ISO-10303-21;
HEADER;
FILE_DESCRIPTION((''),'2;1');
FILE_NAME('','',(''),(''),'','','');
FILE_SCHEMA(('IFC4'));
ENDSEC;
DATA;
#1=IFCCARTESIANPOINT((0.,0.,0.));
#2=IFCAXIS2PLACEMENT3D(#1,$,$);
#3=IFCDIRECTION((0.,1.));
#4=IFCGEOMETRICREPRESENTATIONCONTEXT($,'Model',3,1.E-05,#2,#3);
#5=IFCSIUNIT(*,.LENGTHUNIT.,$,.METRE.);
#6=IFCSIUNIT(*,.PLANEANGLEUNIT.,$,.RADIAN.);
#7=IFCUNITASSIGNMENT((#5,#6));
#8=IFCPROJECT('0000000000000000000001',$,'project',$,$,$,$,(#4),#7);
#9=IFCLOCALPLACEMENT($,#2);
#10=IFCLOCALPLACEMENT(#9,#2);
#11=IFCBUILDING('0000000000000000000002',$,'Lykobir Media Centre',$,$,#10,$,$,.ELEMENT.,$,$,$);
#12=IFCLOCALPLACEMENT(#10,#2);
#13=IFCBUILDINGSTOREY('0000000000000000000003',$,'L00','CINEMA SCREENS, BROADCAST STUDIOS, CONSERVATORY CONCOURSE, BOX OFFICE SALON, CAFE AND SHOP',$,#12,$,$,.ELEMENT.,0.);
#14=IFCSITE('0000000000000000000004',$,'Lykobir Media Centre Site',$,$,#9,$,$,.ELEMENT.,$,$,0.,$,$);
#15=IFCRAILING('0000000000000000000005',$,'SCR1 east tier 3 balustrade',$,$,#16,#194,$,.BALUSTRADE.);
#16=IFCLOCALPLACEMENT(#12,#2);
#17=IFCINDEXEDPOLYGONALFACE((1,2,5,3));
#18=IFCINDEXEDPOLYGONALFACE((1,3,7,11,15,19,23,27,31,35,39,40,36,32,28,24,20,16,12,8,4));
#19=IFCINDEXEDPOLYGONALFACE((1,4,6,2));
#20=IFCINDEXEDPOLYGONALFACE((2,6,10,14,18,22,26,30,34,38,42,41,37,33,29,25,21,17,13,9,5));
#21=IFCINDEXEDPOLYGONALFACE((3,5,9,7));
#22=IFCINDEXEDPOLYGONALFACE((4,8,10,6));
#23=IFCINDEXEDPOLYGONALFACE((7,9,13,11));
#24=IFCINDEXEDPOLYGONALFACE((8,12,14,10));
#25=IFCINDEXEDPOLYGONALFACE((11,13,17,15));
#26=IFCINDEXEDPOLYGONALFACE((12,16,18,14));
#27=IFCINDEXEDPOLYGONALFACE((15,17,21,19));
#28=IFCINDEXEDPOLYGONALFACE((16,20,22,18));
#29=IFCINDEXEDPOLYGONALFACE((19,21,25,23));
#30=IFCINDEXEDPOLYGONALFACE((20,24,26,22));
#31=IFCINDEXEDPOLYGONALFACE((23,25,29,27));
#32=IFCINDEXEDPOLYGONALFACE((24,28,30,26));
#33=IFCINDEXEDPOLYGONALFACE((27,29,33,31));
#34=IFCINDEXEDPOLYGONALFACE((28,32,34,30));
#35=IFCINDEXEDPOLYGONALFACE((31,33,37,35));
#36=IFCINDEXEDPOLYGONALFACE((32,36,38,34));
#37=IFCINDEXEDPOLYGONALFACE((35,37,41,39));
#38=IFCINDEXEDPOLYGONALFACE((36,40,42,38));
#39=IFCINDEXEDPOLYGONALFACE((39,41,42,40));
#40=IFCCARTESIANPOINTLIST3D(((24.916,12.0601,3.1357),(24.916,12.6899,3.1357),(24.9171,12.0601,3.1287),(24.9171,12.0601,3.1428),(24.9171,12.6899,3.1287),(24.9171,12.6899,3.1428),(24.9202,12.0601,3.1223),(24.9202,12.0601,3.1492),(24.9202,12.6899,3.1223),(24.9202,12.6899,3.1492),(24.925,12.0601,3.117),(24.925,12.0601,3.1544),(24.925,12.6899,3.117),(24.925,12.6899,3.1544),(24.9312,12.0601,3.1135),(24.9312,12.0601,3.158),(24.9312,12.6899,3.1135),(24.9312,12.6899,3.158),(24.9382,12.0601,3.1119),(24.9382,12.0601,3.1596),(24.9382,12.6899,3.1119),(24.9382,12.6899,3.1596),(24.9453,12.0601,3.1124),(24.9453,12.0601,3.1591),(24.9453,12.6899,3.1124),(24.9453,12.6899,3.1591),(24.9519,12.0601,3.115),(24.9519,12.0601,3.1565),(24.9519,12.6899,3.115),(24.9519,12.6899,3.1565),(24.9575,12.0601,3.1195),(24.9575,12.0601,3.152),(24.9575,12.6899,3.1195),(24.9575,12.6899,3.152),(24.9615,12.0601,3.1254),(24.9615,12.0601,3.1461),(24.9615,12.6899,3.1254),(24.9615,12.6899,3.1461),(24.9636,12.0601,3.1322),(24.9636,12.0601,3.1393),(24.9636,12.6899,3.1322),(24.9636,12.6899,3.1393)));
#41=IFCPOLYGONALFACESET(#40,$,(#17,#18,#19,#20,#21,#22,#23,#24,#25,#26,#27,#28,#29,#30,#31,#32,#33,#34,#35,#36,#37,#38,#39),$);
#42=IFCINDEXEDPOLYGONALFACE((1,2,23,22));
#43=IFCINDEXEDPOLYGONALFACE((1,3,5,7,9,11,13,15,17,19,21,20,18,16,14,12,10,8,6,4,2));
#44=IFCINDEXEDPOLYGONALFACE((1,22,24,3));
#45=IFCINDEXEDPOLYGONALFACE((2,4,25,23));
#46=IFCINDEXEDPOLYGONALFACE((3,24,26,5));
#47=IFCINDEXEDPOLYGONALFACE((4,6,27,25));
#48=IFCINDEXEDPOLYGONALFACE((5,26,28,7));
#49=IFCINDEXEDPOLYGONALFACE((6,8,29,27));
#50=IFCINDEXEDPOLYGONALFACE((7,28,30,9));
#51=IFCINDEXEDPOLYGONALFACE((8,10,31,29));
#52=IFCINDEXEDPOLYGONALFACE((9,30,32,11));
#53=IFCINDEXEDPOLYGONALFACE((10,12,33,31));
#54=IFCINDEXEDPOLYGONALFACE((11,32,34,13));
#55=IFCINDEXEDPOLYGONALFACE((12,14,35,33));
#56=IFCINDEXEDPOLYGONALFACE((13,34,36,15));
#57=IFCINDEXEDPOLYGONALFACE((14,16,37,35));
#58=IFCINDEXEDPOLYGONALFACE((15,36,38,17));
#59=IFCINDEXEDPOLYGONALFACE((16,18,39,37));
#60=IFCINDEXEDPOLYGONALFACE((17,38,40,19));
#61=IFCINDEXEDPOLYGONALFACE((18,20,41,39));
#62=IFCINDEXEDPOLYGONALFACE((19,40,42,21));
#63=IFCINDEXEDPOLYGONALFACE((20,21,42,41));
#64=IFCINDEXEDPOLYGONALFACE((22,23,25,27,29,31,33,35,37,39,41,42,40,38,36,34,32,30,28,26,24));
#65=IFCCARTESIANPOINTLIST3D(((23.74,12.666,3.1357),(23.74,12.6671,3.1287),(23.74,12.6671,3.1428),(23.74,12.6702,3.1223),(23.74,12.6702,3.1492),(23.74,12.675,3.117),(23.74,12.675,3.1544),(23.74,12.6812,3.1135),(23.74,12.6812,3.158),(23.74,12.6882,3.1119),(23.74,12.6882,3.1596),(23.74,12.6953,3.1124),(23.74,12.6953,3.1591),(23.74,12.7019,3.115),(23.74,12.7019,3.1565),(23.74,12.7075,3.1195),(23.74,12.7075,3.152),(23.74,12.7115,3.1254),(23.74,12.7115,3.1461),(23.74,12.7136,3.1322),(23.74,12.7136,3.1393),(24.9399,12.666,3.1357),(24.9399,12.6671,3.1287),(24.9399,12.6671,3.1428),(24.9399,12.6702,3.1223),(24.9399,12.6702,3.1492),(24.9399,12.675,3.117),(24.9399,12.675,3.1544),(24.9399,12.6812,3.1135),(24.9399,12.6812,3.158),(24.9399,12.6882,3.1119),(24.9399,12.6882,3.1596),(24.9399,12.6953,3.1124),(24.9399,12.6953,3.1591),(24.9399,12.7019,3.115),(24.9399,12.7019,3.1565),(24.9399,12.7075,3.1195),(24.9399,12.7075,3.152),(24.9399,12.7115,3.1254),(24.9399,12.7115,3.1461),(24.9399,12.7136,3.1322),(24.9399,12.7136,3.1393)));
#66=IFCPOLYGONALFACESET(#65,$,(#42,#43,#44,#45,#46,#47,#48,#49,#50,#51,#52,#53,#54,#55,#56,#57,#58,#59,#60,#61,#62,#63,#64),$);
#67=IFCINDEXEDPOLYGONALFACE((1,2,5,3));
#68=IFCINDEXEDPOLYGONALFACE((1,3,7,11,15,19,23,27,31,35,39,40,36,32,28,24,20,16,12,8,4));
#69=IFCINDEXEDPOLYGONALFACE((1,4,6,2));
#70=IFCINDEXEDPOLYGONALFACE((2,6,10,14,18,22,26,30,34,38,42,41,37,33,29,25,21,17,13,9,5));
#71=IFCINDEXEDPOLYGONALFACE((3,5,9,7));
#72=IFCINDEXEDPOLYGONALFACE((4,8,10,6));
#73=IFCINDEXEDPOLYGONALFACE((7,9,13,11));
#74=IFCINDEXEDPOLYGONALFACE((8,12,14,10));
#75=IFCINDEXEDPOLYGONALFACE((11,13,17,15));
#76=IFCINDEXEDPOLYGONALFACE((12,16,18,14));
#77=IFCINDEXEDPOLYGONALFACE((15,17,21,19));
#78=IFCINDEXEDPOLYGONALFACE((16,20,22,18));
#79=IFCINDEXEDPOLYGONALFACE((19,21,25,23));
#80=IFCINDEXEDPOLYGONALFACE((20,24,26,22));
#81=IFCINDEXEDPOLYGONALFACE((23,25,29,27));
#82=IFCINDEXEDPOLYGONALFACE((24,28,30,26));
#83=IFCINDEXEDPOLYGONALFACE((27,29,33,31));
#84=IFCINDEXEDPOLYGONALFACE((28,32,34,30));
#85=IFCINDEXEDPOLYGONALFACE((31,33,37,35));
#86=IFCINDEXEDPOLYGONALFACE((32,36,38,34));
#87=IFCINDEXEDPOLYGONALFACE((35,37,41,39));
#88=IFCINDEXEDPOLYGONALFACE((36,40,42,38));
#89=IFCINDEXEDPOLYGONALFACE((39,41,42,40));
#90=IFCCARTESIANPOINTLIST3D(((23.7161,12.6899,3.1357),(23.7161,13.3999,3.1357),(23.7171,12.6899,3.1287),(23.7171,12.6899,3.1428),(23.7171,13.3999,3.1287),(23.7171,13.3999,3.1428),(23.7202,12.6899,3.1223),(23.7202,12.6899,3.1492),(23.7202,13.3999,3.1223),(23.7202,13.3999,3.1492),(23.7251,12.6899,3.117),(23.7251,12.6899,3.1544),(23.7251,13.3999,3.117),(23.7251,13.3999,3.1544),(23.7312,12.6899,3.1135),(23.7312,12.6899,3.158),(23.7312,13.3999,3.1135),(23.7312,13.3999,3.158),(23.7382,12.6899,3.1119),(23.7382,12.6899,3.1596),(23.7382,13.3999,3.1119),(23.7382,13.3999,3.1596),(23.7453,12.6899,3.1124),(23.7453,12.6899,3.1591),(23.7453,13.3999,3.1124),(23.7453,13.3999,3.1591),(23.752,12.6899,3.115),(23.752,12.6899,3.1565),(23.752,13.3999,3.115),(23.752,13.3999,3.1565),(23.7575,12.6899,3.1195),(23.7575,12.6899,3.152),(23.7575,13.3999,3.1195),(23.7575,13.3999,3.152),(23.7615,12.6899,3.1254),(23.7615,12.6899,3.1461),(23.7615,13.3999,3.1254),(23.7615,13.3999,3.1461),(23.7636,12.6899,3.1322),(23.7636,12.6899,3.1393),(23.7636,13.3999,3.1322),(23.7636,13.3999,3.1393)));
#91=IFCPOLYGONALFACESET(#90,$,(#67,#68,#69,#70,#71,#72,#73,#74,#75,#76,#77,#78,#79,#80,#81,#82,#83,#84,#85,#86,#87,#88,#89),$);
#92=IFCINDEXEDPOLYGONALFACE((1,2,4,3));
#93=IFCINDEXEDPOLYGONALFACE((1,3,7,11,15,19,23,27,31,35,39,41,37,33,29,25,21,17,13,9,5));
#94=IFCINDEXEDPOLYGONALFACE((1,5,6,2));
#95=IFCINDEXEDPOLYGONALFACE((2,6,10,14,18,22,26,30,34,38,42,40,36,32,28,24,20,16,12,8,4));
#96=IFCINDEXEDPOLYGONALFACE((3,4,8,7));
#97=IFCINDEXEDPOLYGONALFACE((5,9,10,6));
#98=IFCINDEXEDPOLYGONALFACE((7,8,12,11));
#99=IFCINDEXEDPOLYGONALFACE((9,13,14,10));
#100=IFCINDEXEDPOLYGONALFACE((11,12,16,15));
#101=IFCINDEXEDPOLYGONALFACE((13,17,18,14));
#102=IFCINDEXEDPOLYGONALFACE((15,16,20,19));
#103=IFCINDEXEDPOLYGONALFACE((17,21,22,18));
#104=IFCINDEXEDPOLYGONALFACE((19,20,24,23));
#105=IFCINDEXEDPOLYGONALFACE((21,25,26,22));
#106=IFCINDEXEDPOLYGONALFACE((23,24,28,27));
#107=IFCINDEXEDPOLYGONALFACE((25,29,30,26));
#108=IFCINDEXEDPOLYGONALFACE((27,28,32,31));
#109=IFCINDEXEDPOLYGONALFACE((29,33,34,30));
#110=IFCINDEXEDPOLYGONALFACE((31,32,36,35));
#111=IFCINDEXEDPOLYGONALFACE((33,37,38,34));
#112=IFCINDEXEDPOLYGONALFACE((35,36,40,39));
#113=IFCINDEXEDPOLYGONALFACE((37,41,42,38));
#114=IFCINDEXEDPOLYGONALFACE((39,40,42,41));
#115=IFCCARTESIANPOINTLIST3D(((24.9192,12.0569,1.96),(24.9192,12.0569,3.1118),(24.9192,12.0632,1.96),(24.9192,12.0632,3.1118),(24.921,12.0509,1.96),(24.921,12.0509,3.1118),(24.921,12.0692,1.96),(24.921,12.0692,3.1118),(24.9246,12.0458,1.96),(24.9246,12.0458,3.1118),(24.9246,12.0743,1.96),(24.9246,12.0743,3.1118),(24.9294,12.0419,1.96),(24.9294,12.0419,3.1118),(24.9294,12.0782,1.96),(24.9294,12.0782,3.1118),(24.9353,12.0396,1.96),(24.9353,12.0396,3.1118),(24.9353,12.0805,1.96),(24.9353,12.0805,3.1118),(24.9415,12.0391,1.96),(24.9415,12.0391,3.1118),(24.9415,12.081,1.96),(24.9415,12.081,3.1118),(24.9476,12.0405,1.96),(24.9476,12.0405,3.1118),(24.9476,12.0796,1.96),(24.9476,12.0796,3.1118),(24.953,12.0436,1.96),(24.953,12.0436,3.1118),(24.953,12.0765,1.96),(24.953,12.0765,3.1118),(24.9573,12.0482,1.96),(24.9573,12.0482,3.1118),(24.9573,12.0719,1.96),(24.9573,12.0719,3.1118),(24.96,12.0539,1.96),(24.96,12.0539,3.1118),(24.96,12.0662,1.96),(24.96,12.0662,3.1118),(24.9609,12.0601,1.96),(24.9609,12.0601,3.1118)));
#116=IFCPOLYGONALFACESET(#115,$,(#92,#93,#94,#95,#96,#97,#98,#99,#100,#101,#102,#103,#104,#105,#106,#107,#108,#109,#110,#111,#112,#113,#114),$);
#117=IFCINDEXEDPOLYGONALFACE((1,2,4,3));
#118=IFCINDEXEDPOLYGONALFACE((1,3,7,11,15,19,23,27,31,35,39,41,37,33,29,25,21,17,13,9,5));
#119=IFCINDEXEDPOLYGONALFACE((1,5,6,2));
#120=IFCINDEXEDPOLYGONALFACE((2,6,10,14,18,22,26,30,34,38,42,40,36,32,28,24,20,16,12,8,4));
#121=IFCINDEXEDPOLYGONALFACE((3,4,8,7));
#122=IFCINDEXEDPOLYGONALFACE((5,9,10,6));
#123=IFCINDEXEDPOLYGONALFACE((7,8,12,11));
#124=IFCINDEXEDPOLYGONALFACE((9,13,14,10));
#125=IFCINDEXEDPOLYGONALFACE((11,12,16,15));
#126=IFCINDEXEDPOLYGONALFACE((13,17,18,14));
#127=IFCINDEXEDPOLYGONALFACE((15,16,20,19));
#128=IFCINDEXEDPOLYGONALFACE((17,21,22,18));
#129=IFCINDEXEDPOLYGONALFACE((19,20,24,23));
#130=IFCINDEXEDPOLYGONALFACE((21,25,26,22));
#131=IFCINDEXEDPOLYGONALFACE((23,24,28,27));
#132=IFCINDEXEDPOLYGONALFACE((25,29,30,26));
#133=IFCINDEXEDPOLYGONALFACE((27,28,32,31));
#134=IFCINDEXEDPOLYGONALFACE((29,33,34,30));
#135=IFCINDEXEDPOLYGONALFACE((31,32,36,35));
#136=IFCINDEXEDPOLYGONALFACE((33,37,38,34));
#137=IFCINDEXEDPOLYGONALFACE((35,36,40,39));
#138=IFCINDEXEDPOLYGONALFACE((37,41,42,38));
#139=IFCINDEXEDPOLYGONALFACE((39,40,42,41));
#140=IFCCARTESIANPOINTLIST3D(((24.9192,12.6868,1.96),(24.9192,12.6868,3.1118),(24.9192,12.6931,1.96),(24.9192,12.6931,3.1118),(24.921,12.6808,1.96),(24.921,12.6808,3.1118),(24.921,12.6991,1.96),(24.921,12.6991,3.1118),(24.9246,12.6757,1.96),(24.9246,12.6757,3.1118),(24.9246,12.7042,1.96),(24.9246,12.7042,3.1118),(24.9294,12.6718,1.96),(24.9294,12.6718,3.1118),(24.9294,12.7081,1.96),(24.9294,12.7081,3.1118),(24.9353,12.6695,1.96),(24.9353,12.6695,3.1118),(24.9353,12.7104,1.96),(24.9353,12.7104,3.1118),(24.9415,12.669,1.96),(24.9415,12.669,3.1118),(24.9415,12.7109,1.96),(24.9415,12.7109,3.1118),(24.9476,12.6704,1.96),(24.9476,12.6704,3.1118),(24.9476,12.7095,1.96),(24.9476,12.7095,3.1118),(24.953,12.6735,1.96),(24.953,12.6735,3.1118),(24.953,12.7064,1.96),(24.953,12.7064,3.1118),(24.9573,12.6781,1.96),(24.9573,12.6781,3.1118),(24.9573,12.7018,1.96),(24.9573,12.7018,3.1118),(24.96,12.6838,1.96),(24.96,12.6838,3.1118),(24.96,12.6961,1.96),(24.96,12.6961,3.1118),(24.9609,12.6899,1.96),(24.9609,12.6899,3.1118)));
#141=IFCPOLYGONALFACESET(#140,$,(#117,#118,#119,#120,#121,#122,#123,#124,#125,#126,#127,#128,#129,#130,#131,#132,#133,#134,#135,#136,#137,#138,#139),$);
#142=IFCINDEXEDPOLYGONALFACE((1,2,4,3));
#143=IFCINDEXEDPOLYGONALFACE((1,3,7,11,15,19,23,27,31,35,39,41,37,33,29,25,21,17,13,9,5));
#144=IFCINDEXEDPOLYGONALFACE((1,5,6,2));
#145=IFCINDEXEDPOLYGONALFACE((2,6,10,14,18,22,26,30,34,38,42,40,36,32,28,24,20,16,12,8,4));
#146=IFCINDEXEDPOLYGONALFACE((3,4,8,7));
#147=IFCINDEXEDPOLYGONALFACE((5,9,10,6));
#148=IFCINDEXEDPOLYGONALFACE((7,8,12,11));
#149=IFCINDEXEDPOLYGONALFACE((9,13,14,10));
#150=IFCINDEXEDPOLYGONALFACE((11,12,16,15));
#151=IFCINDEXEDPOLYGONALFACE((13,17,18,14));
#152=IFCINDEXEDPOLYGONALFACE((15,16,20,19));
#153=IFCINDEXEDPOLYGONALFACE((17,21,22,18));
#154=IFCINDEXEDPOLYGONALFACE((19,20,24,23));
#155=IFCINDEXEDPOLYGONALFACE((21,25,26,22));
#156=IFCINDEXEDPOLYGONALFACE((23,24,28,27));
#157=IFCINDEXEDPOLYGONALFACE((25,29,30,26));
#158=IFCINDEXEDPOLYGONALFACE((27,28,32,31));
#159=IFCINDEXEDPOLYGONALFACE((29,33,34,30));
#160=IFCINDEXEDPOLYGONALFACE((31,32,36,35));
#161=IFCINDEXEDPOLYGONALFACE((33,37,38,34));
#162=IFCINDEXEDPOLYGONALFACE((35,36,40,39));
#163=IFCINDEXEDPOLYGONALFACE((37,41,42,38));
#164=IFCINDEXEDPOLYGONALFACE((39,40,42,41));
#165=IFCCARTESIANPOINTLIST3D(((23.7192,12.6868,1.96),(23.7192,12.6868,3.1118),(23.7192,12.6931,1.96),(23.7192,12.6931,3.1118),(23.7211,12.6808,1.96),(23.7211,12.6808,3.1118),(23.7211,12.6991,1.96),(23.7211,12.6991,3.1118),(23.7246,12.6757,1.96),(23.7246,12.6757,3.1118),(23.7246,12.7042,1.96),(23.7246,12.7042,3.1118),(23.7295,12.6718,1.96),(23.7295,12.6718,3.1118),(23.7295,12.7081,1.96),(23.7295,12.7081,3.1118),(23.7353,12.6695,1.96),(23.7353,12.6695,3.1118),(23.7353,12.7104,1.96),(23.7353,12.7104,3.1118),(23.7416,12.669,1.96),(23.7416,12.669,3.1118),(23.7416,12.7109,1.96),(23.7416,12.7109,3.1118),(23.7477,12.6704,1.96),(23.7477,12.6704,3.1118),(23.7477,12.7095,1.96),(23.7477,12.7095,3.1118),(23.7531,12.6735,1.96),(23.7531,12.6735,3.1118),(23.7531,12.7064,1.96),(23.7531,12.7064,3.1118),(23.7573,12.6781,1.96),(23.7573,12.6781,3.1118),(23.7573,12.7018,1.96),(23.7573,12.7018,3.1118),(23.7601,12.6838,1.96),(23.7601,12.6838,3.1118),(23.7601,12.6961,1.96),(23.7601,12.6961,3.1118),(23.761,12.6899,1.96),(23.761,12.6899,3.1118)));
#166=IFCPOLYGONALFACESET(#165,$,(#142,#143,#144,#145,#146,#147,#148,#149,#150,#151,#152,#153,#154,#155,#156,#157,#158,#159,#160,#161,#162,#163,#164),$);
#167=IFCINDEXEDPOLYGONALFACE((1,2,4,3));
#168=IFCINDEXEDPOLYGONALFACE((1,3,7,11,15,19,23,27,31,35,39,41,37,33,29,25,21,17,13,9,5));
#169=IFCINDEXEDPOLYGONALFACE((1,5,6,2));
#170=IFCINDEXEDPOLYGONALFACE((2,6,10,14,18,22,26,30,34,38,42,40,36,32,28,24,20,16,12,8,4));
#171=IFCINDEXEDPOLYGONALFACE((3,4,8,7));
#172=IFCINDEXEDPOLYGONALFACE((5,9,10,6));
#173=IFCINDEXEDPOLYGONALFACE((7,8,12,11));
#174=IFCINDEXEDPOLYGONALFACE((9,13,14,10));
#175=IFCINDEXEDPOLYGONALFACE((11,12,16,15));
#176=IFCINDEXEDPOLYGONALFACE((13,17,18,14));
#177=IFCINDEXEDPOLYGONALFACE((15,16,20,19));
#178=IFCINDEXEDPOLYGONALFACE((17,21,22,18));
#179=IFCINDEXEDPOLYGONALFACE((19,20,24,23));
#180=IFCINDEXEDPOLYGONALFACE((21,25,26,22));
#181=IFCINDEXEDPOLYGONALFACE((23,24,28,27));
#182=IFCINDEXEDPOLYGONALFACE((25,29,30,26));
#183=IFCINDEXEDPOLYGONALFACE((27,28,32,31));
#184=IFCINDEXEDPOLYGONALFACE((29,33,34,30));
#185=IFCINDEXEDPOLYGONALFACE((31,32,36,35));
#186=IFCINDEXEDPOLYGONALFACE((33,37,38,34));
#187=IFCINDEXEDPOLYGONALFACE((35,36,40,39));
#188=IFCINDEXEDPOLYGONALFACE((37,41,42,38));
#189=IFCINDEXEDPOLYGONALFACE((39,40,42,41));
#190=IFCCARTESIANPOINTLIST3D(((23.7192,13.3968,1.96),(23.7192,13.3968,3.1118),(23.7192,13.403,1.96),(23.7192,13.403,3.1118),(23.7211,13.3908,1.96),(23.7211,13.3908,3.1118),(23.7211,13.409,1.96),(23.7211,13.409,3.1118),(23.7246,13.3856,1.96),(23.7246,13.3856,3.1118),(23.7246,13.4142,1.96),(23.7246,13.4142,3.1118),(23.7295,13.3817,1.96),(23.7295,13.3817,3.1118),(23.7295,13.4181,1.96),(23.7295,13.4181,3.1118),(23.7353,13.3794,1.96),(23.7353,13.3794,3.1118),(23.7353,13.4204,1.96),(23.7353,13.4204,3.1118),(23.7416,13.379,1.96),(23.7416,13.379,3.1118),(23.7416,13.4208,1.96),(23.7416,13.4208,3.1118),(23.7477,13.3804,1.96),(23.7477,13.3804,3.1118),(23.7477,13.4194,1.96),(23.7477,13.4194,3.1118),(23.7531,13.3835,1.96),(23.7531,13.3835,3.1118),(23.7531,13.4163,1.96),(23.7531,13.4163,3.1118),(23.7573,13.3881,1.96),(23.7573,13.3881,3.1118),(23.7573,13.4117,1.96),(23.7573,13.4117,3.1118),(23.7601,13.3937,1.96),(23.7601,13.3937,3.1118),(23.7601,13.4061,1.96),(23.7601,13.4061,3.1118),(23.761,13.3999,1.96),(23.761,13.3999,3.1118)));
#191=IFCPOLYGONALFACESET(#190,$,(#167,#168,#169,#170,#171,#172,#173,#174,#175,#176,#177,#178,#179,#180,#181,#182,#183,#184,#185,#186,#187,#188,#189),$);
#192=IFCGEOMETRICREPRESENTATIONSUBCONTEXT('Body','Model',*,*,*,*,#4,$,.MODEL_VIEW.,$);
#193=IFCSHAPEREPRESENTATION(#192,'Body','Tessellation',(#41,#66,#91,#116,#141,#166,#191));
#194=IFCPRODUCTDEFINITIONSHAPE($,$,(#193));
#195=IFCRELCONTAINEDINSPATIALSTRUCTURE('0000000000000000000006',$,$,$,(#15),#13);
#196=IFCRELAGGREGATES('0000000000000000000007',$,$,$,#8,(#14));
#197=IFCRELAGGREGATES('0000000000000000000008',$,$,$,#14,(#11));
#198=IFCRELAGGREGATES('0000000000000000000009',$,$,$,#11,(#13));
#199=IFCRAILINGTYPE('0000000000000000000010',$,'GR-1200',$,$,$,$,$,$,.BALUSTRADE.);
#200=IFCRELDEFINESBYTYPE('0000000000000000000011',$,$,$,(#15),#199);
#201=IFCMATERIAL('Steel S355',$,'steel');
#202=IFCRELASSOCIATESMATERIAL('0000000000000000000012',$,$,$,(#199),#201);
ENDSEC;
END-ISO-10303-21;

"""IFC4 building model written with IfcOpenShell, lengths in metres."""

from ifc_helpers import new_model, si_unit, direction, frame, origin, origin_2d, place, context, subcontext, project, spatial, circle, extrude, material, type_object, element, save


model = new_model("IFC4")

# Units and contexts
model_context = context("Model", 3, precision=1e-05, world=origin(), true_north=direction((0.0, 1.0)))
body_context = subcontext(model_context, "Body", "Model", "MODEL_VIEW")
ifc_project = project(units=[si_unit("LENGTHUNIT", "METRE"), si_unit("PLANEANGLEUNIT", "RADIAN")], contexts=[model_context])

# Site, building, storey
site_placement = place(None, origin())
site = spatial("IfcSite", under=ifc_project, at=site_placement, Name="Lykobir Media Centre Site", CompositionType="ELEMENT", RefElevation=0.0)
building_placement = place(site_placement, origin())
building = spatial("IfcBuilding", under=site, at=building_placement, Name="Lykobir Media Centre", CompositionType="ELEMENT")
storey_placement = place(building_placement, origin())
storey = spatial("IfcBuildingStorey", under=building, at=storey_placement, Name="L00", Description="CINEMA SCREENS, BROADCAST STUDIOS, CONSERVATORY CONCOURSE, BOX OFFICE SALON, CAFE AND SHOP", CompositionType="ELEMENT", Elevation=0.0)

# Shared definitions
ifc_material_1 = material(Name="Steel S355", Category="steel")

# Railing
railing_type = type_object("IfcRailingType", Name="GR-1200", PredefinedType="BALUSTRADE", material=ifc_material_1)
for number, where, name in (
    (1, (24.9399, 12.0601, 1.96), "SCR1 east tier 3 balustrade"),
):
    element("IfcRailing", number, at=place(storey_placement, frame(where)), inside=storey, type_object=railing_type, Name=name, PredefinedType="BALUSTRADE", context=body_context, shape_type="SweptSolid", body=[
        extrude(circle(Radius=0.0239, at=origin_2d()), frame((0.0, 0.0, 1.1758), z_axis=(0.0, 1.0, 0.0), x_axis=(-1.0, 0.0, 0.0)), (0.0, 0.0, 1.0), 0.6299),
        extrude(circle(Radius=0.0239, at=origin_2d()), frame((0.0, 0.6299, 1.1758), z_axis=(-1.0, 0.0, 0.0), x_axis=(0.0, -1.0, 0.0)), (0.0, 0.0, 1.0), 1.2),
        extrude(circle(Radius=0.0239, at=origin_2d()), frame((-1.2, 0.6299, 1.1758), z_axis=(0.0, 1.0, 0.0), x_axis=(-1.0, 0.0, 0.0)), (0.0, 0.0, 1.0), 0.71),
        extrude(circle(Radius=0.021, at=origin_2d()), origin(), (0.0, 0.0, 1.0), 1.1519),
        extrude(circle(Radius=0.021, at=origin_2d()), frame((0.0, 0.6299, 0.0)), (0.0, 0.0, 1.0), 1.1519),
        extrude(circle(Radius=0.021, at=origin_2d()), frame((-1.2, 0.6299, 0.0)), (0.0, 0.0, 1.0), 1.1519),
        extrude(circle(Radius=0.021, at=origin_2d()), frame((-1.2, 1.3398, 0.0)), (0.0, 0.0, 1.0), 1.1519),
    ])

save(model, "model.ifc")
